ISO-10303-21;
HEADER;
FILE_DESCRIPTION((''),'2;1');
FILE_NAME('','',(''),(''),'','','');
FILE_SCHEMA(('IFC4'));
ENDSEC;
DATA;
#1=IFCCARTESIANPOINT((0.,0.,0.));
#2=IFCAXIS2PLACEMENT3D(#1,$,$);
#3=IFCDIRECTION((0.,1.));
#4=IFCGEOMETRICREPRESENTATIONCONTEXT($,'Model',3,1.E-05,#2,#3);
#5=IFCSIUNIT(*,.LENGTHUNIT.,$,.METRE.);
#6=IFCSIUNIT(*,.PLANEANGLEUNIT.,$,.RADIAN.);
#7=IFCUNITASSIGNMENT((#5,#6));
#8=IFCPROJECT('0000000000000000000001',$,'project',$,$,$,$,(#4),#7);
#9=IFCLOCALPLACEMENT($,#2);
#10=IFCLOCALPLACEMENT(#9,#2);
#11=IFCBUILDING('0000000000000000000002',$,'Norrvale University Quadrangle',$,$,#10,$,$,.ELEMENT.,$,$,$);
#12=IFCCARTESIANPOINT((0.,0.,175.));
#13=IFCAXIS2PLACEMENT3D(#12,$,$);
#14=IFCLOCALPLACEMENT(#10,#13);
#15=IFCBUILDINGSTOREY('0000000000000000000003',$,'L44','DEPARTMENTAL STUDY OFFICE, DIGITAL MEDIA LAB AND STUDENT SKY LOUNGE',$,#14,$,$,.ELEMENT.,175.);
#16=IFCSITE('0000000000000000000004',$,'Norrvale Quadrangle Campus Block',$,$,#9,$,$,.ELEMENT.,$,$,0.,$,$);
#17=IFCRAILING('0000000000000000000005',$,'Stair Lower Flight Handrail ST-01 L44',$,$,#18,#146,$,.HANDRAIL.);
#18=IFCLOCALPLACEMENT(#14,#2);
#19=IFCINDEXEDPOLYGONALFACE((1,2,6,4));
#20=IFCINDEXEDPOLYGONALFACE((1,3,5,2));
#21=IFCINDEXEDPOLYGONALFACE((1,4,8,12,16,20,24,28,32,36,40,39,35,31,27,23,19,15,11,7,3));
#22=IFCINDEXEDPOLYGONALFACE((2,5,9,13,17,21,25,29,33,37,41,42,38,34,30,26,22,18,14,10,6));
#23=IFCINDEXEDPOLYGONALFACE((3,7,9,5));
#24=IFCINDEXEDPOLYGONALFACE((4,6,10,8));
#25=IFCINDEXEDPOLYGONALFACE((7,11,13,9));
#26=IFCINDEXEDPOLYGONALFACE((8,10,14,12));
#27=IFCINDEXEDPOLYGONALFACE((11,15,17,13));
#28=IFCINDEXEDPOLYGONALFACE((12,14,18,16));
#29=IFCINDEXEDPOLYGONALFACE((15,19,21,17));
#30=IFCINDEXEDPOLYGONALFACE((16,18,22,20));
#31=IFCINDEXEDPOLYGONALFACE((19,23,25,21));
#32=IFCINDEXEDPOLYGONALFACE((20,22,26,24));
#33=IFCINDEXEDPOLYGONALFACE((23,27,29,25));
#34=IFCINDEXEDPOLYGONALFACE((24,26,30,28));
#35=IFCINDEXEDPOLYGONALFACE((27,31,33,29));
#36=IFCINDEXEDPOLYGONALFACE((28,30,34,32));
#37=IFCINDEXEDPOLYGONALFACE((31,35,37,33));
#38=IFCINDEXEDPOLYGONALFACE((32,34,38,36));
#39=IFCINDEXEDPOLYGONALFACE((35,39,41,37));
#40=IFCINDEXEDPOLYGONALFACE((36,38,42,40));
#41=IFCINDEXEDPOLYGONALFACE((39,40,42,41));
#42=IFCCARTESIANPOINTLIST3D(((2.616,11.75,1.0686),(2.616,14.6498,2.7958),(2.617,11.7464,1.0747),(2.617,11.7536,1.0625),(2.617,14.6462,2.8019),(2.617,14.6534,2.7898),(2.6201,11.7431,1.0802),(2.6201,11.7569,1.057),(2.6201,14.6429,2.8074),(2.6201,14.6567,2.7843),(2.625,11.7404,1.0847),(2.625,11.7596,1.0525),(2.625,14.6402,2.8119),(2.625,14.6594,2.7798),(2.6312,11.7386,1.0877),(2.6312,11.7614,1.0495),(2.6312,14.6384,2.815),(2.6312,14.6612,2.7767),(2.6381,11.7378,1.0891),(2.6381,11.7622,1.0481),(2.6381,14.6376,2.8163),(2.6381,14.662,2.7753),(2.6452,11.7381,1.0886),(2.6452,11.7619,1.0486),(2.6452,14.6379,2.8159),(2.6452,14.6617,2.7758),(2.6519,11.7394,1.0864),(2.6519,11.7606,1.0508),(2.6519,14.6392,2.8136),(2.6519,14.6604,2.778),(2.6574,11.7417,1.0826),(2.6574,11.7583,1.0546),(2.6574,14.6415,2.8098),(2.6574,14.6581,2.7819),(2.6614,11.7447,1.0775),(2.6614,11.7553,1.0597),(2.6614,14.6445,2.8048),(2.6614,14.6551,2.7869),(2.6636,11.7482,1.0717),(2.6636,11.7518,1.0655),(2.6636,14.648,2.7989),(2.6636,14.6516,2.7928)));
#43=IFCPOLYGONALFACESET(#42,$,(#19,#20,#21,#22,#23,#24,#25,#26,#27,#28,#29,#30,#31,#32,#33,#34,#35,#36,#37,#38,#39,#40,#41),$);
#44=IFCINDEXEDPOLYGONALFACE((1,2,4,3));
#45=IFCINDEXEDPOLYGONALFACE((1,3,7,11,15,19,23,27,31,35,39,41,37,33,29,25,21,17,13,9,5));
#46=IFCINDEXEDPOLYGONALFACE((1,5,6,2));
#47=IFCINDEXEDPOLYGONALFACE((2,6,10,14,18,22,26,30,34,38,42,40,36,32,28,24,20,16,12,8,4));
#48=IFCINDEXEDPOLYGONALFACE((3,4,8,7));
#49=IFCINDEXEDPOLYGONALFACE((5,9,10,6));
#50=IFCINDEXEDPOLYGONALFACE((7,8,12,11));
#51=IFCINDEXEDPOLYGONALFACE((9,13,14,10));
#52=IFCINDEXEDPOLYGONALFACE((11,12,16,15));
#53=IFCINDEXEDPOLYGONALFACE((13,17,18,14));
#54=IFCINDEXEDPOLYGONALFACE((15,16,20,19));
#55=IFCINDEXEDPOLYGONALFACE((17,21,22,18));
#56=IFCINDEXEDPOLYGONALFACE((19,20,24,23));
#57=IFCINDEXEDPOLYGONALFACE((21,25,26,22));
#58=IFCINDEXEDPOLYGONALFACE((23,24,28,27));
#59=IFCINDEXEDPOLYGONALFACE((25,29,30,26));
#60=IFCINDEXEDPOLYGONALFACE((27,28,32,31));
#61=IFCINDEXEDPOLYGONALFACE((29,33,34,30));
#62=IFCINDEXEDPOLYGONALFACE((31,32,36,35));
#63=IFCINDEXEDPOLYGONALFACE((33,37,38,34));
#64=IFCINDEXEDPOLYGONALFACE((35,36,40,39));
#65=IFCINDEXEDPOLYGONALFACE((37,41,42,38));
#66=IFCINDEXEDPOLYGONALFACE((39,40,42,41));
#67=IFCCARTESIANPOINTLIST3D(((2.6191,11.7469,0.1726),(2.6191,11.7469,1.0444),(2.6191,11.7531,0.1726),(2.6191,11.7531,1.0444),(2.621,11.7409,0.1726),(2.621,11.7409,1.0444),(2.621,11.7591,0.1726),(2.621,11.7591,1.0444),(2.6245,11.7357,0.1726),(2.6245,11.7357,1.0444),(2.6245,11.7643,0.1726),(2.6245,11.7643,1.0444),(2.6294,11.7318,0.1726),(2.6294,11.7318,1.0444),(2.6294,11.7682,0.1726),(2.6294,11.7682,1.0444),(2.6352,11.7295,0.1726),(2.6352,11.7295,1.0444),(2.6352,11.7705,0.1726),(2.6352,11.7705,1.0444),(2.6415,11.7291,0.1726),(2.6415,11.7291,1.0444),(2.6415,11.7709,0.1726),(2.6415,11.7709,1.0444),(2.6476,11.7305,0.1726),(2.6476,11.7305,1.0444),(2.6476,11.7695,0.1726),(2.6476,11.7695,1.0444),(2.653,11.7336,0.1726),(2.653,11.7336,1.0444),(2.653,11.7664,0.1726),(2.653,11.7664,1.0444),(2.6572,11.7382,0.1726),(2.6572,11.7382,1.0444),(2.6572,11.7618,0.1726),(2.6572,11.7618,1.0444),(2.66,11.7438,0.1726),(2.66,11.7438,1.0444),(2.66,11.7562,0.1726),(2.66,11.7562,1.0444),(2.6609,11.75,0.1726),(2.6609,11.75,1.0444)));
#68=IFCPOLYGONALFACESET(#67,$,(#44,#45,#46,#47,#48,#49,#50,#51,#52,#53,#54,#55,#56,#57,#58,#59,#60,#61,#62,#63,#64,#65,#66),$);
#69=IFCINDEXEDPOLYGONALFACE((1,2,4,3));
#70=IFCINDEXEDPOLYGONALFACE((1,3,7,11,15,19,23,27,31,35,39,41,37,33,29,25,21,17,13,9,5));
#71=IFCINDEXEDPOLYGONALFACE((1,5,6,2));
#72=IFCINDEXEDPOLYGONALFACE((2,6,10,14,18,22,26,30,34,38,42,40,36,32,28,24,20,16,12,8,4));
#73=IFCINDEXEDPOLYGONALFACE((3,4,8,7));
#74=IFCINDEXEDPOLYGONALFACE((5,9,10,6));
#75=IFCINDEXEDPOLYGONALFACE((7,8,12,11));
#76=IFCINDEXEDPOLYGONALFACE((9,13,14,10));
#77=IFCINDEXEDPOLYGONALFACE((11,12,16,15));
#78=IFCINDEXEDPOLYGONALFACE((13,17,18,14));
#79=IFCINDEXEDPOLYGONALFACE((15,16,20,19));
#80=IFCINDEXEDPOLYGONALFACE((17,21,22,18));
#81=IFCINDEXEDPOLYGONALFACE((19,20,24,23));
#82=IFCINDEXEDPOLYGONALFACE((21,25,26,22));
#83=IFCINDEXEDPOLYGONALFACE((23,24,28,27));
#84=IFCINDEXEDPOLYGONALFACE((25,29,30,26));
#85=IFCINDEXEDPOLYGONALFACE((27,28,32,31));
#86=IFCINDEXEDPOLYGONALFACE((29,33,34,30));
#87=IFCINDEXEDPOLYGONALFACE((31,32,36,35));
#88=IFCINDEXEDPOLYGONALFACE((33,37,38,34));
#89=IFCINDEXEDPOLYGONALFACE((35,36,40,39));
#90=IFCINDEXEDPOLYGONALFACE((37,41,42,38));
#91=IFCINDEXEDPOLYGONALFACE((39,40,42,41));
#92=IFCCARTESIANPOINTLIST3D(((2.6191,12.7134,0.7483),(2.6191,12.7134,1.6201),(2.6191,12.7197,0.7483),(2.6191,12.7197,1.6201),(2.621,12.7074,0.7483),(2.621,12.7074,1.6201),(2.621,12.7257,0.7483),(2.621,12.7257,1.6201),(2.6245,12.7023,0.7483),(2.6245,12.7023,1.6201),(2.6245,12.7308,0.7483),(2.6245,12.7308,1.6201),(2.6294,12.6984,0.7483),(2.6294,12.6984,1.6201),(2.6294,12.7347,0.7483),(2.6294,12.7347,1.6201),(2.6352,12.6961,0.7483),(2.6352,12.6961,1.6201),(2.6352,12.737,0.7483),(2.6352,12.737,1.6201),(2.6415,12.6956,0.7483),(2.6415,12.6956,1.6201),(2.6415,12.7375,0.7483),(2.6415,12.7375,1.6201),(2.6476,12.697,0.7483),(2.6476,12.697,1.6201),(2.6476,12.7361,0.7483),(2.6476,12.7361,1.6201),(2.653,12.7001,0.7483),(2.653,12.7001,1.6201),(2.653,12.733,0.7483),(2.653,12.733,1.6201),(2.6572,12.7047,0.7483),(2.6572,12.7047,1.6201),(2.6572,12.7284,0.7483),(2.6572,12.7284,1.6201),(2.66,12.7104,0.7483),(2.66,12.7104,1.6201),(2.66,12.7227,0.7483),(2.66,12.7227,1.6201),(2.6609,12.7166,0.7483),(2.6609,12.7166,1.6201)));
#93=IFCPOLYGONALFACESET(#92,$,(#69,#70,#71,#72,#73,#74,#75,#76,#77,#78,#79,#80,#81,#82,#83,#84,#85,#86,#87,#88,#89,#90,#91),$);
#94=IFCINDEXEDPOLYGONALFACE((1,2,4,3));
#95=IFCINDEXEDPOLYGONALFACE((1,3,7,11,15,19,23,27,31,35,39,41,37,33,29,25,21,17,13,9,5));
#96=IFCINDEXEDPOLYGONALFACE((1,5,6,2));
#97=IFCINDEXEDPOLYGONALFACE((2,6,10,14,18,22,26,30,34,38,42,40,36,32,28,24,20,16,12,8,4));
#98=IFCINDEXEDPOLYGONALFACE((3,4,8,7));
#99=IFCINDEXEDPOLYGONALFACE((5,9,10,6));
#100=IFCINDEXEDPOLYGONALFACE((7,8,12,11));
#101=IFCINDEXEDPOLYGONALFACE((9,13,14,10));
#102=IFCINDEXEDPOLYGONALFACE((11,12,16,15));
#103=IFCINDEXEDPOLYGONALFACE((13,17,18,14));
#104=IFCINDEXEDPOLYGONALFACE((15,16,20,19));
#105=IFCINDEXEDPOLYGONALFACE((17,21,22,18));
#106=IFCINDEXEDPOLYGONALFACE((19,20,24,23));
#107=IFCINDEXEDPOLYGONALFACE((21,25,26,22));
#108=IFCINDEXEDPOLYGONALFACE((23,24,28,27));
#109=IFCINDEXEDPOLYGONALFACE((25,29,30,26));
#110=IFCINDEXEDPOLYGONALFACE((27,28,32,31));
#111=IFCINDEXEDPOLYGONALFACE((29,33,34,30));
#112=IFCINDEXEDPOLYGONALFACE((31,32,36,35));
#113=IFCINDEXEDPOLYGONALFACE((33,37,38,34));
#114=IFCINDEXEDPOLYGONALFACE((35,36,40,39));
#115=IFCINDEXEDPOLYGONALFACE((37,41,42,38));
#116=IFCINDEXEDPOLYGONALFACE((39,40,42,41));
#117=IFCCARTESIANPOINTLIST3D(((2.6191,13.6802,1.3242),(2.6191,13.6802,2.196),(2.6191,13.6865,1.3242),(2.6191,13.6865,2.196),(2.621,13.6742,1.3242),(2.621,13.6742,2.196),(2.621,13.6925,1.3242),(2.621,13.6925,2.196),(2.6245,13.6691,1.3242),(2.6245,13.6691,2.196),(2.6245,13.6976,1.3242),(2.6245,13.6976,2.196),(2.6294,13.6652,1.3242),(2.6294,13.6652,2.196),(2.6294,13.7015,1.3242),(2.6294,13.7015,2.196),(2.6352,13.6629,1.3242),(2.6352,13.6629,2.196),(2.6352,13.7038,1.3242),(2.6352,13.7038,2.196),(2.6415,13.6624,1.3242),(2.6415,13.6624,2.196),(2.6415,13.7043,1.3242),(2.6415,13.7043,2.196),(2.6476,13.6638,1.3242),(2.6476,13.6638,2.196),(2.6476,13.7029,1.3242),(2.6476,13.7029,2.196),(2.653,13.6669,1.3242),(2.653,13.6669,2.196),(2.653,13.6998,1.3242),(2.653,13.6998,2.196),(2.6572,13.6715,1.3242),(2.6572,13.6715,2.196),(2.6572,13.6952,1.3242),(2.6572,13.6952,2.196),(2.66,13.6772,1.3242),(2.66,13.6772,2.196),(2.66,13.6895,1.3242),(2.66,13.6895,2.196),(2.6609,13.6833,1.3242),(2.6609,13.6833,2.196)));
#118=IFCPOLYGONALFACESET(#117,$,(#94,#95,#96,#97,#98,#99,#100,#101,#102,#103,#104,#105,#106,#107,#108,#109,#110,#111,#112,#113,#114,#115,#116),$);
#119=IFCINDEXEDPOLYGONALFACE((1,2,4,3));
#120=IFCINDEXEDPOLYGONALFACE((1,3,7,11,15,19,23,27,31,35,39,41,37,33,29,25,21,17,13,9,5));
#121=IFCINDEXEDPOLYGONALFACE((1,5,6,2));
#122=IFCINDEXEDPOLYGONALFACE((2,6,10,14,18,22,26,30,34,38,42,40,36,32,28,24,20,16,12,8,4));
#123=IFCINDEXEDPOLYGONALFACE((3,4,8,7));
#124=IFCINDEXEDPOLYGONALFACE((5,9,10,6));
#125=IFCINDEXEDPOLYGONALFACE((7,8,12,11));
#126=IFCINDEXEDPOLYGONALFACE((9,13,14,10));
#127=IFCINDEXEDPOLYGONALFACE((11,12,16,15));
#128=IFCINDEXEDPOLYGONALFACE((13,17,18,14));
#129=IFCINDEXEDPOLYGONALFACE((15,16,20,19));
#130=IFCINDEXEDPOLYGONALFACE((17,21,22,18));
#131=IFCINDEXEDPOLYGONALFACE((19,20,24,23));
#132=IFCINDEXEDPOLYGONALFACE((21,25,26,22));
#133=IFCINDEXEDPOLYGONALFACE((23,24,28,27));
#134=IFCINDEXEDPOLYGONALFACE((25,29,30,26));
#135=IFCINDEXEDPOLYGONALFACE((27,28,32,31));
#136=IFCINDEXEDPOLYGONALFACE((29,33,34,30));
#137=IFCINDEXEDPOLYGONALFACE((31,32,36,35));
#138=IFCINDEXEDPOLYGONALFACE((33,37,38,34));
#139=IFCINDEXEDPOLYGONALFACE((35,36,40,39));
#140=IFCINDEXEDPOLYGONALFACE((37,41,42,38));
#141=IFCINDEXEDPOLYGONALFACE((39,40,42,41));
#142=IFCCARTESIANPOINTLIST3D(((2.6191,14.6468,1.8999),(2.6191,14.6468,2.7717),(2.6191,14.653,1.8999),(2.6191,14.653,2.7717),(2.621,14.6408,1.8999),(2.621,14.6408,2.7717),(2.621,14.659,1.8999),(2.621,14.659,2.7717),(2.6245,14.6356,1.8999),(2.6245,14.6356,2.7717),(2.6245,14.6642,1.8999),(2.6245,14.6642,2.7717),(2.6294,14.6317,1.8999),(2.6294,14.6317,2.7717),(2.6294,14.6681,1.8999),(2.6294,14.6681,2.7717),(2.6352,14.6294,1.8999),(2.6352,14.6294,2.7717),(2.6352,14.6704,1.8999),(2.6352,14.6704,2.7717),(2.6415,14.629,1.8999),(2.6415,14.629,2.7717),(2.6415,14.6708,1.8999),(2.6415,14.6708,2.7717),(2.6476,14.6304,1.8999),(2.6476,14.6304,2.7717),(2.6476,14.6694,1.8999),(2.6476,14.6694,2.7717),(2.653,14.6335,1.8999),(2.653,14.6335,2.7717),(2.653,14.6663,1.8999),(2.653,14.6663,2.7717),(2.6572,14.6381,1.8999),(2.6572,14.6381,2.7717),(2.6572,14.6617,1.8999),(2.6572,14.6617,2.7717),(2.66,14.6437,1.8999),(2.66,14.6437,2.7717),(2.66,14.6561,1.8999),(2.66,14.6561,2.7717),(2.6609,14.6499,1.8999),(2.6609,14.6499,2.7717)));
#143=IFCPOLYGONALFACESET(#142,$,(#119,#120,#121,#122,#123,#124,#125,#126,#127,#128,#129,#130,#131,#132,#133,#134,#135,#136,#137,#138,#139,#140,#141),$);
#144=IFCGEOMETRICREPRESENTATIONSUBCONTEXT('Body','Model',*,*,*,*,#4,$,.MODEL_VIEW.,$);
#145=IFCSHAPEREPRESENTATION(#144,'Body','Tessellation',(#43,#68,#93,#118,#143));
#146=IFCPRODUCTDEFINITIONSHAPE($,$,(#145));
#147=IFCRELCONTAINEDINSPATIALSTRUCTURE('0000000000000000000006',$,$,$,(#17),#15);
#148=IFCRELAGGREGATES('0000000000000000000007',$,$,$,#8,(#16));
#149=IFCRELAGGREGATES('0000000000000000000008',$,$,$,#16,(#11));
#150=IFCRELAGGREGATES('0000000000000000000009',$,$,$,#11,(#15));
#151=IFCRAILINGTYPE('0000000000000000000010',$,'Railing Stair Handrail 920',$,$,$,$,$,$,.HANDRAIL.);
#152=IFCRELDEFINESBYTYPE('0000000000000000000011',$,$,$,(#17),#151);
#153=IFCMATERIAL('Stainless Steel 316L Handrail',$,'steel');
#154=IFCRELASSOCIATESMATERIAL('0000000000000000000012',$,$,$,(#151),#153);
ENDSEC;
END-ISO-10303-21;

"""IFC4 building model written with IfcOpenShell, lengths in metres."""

from ifc_helpers import new_model, si_unit, direction, frame, origin, origin_2d, place, context, subcontext, project, spatial, circle, extrude, material, type_object, element, save


model = new_model("IFC4")

# Units and contexts
model_context = context("Model", 3, precision=1e-05, world=origin(), true_north=direction((0.0, 1.0)))
body_context = subcontext(model_context, "Body", "Model", "MODEL_VIEW")
ifc_project = project(units=[si_unit("LENGTHUNIT", "METRE"), si_unit("PLANEANGLEUNIT", "RADIAN")], contexts=[model_context])

# Site, building, storey
site_placement = place(None, origin())
site = spatial("IfcSite", under=ifc_project, at=site_placement, Name="Norrvale Quadrangle Campus Block", CompositionType="ELEMENT", RefElevation=0.0)
building_placement = place(site_placement, origin())
building = spatial("IfcBuilding", under=site, at=building_placement, Name="Norrvale University Quadrangle", CompositionType="ELEMENT")
storey_placement = place(building_placement, frame((0.0, 0.0, 175.0)))
storey = spatial("IfcBuildingStorey", under=building, at=storey_placement, Name="L44", Description="DEPARTMENTAL STUDY OFFICE, DIGITAL MEDIA LAB AND STUDENT SKY LOUNGE", CompositionType="ELEMENT", Elevation=175.0)

# Railing
ifc_material_1 = material(Name="Stainless Steel 316L Handrail", Category="steel")
railing_type_1 = type_object("IfcRailingType", Name="Railing Stair Handrail 920", PredefinedType="HANDRAIL", material=ifc_material_1)
railing_1_placement = place(storey_placement, frame((2.6399, 11.75, 0.1726)))
element("IfcRailing", 1, at=railing_1_placement, inside=storey, type_object=railing_type_1, Name="Stair Lower Flight Handrail ST-01 L44", PredefinedType="HANDRAIL", context=body_context, shape_type="SweptSolid", body=[
    extrude(circle(Radius=0.0239, at=origin_2d()), frame((0.0, 0.0, 0.896), z_axis=(0.0, 0.859141, 0.511738), x_axis=(-1.0, 0.0, 0.0)), (0.0, 0.0, 1.0), 3.3752),
    extrude(circle(Radius=0.021, at=origin_2d()), origin(), (0.0, 0.0, 1.0), 0.8718),
    extrude(circle(Radius=0.021, at=origin_2d()), frame((0.0, 0.9666, 0.5757)), (0.0, 0.0, 1.0), 0.8718),
    extrude(circle(Radius=0.021, at=origin_2d()), frame((0.0, 1.9333, 1.1516)), (0.0, 0.0, 1.0), 0.8718),
    extrude(circle(Radius=0.021, at=origin_2d()), frame((0.0, 2.8999, 1.7273)), (0.0, 0.0, 1.0), 0.8718),
])

save(model, "model.ifc")
